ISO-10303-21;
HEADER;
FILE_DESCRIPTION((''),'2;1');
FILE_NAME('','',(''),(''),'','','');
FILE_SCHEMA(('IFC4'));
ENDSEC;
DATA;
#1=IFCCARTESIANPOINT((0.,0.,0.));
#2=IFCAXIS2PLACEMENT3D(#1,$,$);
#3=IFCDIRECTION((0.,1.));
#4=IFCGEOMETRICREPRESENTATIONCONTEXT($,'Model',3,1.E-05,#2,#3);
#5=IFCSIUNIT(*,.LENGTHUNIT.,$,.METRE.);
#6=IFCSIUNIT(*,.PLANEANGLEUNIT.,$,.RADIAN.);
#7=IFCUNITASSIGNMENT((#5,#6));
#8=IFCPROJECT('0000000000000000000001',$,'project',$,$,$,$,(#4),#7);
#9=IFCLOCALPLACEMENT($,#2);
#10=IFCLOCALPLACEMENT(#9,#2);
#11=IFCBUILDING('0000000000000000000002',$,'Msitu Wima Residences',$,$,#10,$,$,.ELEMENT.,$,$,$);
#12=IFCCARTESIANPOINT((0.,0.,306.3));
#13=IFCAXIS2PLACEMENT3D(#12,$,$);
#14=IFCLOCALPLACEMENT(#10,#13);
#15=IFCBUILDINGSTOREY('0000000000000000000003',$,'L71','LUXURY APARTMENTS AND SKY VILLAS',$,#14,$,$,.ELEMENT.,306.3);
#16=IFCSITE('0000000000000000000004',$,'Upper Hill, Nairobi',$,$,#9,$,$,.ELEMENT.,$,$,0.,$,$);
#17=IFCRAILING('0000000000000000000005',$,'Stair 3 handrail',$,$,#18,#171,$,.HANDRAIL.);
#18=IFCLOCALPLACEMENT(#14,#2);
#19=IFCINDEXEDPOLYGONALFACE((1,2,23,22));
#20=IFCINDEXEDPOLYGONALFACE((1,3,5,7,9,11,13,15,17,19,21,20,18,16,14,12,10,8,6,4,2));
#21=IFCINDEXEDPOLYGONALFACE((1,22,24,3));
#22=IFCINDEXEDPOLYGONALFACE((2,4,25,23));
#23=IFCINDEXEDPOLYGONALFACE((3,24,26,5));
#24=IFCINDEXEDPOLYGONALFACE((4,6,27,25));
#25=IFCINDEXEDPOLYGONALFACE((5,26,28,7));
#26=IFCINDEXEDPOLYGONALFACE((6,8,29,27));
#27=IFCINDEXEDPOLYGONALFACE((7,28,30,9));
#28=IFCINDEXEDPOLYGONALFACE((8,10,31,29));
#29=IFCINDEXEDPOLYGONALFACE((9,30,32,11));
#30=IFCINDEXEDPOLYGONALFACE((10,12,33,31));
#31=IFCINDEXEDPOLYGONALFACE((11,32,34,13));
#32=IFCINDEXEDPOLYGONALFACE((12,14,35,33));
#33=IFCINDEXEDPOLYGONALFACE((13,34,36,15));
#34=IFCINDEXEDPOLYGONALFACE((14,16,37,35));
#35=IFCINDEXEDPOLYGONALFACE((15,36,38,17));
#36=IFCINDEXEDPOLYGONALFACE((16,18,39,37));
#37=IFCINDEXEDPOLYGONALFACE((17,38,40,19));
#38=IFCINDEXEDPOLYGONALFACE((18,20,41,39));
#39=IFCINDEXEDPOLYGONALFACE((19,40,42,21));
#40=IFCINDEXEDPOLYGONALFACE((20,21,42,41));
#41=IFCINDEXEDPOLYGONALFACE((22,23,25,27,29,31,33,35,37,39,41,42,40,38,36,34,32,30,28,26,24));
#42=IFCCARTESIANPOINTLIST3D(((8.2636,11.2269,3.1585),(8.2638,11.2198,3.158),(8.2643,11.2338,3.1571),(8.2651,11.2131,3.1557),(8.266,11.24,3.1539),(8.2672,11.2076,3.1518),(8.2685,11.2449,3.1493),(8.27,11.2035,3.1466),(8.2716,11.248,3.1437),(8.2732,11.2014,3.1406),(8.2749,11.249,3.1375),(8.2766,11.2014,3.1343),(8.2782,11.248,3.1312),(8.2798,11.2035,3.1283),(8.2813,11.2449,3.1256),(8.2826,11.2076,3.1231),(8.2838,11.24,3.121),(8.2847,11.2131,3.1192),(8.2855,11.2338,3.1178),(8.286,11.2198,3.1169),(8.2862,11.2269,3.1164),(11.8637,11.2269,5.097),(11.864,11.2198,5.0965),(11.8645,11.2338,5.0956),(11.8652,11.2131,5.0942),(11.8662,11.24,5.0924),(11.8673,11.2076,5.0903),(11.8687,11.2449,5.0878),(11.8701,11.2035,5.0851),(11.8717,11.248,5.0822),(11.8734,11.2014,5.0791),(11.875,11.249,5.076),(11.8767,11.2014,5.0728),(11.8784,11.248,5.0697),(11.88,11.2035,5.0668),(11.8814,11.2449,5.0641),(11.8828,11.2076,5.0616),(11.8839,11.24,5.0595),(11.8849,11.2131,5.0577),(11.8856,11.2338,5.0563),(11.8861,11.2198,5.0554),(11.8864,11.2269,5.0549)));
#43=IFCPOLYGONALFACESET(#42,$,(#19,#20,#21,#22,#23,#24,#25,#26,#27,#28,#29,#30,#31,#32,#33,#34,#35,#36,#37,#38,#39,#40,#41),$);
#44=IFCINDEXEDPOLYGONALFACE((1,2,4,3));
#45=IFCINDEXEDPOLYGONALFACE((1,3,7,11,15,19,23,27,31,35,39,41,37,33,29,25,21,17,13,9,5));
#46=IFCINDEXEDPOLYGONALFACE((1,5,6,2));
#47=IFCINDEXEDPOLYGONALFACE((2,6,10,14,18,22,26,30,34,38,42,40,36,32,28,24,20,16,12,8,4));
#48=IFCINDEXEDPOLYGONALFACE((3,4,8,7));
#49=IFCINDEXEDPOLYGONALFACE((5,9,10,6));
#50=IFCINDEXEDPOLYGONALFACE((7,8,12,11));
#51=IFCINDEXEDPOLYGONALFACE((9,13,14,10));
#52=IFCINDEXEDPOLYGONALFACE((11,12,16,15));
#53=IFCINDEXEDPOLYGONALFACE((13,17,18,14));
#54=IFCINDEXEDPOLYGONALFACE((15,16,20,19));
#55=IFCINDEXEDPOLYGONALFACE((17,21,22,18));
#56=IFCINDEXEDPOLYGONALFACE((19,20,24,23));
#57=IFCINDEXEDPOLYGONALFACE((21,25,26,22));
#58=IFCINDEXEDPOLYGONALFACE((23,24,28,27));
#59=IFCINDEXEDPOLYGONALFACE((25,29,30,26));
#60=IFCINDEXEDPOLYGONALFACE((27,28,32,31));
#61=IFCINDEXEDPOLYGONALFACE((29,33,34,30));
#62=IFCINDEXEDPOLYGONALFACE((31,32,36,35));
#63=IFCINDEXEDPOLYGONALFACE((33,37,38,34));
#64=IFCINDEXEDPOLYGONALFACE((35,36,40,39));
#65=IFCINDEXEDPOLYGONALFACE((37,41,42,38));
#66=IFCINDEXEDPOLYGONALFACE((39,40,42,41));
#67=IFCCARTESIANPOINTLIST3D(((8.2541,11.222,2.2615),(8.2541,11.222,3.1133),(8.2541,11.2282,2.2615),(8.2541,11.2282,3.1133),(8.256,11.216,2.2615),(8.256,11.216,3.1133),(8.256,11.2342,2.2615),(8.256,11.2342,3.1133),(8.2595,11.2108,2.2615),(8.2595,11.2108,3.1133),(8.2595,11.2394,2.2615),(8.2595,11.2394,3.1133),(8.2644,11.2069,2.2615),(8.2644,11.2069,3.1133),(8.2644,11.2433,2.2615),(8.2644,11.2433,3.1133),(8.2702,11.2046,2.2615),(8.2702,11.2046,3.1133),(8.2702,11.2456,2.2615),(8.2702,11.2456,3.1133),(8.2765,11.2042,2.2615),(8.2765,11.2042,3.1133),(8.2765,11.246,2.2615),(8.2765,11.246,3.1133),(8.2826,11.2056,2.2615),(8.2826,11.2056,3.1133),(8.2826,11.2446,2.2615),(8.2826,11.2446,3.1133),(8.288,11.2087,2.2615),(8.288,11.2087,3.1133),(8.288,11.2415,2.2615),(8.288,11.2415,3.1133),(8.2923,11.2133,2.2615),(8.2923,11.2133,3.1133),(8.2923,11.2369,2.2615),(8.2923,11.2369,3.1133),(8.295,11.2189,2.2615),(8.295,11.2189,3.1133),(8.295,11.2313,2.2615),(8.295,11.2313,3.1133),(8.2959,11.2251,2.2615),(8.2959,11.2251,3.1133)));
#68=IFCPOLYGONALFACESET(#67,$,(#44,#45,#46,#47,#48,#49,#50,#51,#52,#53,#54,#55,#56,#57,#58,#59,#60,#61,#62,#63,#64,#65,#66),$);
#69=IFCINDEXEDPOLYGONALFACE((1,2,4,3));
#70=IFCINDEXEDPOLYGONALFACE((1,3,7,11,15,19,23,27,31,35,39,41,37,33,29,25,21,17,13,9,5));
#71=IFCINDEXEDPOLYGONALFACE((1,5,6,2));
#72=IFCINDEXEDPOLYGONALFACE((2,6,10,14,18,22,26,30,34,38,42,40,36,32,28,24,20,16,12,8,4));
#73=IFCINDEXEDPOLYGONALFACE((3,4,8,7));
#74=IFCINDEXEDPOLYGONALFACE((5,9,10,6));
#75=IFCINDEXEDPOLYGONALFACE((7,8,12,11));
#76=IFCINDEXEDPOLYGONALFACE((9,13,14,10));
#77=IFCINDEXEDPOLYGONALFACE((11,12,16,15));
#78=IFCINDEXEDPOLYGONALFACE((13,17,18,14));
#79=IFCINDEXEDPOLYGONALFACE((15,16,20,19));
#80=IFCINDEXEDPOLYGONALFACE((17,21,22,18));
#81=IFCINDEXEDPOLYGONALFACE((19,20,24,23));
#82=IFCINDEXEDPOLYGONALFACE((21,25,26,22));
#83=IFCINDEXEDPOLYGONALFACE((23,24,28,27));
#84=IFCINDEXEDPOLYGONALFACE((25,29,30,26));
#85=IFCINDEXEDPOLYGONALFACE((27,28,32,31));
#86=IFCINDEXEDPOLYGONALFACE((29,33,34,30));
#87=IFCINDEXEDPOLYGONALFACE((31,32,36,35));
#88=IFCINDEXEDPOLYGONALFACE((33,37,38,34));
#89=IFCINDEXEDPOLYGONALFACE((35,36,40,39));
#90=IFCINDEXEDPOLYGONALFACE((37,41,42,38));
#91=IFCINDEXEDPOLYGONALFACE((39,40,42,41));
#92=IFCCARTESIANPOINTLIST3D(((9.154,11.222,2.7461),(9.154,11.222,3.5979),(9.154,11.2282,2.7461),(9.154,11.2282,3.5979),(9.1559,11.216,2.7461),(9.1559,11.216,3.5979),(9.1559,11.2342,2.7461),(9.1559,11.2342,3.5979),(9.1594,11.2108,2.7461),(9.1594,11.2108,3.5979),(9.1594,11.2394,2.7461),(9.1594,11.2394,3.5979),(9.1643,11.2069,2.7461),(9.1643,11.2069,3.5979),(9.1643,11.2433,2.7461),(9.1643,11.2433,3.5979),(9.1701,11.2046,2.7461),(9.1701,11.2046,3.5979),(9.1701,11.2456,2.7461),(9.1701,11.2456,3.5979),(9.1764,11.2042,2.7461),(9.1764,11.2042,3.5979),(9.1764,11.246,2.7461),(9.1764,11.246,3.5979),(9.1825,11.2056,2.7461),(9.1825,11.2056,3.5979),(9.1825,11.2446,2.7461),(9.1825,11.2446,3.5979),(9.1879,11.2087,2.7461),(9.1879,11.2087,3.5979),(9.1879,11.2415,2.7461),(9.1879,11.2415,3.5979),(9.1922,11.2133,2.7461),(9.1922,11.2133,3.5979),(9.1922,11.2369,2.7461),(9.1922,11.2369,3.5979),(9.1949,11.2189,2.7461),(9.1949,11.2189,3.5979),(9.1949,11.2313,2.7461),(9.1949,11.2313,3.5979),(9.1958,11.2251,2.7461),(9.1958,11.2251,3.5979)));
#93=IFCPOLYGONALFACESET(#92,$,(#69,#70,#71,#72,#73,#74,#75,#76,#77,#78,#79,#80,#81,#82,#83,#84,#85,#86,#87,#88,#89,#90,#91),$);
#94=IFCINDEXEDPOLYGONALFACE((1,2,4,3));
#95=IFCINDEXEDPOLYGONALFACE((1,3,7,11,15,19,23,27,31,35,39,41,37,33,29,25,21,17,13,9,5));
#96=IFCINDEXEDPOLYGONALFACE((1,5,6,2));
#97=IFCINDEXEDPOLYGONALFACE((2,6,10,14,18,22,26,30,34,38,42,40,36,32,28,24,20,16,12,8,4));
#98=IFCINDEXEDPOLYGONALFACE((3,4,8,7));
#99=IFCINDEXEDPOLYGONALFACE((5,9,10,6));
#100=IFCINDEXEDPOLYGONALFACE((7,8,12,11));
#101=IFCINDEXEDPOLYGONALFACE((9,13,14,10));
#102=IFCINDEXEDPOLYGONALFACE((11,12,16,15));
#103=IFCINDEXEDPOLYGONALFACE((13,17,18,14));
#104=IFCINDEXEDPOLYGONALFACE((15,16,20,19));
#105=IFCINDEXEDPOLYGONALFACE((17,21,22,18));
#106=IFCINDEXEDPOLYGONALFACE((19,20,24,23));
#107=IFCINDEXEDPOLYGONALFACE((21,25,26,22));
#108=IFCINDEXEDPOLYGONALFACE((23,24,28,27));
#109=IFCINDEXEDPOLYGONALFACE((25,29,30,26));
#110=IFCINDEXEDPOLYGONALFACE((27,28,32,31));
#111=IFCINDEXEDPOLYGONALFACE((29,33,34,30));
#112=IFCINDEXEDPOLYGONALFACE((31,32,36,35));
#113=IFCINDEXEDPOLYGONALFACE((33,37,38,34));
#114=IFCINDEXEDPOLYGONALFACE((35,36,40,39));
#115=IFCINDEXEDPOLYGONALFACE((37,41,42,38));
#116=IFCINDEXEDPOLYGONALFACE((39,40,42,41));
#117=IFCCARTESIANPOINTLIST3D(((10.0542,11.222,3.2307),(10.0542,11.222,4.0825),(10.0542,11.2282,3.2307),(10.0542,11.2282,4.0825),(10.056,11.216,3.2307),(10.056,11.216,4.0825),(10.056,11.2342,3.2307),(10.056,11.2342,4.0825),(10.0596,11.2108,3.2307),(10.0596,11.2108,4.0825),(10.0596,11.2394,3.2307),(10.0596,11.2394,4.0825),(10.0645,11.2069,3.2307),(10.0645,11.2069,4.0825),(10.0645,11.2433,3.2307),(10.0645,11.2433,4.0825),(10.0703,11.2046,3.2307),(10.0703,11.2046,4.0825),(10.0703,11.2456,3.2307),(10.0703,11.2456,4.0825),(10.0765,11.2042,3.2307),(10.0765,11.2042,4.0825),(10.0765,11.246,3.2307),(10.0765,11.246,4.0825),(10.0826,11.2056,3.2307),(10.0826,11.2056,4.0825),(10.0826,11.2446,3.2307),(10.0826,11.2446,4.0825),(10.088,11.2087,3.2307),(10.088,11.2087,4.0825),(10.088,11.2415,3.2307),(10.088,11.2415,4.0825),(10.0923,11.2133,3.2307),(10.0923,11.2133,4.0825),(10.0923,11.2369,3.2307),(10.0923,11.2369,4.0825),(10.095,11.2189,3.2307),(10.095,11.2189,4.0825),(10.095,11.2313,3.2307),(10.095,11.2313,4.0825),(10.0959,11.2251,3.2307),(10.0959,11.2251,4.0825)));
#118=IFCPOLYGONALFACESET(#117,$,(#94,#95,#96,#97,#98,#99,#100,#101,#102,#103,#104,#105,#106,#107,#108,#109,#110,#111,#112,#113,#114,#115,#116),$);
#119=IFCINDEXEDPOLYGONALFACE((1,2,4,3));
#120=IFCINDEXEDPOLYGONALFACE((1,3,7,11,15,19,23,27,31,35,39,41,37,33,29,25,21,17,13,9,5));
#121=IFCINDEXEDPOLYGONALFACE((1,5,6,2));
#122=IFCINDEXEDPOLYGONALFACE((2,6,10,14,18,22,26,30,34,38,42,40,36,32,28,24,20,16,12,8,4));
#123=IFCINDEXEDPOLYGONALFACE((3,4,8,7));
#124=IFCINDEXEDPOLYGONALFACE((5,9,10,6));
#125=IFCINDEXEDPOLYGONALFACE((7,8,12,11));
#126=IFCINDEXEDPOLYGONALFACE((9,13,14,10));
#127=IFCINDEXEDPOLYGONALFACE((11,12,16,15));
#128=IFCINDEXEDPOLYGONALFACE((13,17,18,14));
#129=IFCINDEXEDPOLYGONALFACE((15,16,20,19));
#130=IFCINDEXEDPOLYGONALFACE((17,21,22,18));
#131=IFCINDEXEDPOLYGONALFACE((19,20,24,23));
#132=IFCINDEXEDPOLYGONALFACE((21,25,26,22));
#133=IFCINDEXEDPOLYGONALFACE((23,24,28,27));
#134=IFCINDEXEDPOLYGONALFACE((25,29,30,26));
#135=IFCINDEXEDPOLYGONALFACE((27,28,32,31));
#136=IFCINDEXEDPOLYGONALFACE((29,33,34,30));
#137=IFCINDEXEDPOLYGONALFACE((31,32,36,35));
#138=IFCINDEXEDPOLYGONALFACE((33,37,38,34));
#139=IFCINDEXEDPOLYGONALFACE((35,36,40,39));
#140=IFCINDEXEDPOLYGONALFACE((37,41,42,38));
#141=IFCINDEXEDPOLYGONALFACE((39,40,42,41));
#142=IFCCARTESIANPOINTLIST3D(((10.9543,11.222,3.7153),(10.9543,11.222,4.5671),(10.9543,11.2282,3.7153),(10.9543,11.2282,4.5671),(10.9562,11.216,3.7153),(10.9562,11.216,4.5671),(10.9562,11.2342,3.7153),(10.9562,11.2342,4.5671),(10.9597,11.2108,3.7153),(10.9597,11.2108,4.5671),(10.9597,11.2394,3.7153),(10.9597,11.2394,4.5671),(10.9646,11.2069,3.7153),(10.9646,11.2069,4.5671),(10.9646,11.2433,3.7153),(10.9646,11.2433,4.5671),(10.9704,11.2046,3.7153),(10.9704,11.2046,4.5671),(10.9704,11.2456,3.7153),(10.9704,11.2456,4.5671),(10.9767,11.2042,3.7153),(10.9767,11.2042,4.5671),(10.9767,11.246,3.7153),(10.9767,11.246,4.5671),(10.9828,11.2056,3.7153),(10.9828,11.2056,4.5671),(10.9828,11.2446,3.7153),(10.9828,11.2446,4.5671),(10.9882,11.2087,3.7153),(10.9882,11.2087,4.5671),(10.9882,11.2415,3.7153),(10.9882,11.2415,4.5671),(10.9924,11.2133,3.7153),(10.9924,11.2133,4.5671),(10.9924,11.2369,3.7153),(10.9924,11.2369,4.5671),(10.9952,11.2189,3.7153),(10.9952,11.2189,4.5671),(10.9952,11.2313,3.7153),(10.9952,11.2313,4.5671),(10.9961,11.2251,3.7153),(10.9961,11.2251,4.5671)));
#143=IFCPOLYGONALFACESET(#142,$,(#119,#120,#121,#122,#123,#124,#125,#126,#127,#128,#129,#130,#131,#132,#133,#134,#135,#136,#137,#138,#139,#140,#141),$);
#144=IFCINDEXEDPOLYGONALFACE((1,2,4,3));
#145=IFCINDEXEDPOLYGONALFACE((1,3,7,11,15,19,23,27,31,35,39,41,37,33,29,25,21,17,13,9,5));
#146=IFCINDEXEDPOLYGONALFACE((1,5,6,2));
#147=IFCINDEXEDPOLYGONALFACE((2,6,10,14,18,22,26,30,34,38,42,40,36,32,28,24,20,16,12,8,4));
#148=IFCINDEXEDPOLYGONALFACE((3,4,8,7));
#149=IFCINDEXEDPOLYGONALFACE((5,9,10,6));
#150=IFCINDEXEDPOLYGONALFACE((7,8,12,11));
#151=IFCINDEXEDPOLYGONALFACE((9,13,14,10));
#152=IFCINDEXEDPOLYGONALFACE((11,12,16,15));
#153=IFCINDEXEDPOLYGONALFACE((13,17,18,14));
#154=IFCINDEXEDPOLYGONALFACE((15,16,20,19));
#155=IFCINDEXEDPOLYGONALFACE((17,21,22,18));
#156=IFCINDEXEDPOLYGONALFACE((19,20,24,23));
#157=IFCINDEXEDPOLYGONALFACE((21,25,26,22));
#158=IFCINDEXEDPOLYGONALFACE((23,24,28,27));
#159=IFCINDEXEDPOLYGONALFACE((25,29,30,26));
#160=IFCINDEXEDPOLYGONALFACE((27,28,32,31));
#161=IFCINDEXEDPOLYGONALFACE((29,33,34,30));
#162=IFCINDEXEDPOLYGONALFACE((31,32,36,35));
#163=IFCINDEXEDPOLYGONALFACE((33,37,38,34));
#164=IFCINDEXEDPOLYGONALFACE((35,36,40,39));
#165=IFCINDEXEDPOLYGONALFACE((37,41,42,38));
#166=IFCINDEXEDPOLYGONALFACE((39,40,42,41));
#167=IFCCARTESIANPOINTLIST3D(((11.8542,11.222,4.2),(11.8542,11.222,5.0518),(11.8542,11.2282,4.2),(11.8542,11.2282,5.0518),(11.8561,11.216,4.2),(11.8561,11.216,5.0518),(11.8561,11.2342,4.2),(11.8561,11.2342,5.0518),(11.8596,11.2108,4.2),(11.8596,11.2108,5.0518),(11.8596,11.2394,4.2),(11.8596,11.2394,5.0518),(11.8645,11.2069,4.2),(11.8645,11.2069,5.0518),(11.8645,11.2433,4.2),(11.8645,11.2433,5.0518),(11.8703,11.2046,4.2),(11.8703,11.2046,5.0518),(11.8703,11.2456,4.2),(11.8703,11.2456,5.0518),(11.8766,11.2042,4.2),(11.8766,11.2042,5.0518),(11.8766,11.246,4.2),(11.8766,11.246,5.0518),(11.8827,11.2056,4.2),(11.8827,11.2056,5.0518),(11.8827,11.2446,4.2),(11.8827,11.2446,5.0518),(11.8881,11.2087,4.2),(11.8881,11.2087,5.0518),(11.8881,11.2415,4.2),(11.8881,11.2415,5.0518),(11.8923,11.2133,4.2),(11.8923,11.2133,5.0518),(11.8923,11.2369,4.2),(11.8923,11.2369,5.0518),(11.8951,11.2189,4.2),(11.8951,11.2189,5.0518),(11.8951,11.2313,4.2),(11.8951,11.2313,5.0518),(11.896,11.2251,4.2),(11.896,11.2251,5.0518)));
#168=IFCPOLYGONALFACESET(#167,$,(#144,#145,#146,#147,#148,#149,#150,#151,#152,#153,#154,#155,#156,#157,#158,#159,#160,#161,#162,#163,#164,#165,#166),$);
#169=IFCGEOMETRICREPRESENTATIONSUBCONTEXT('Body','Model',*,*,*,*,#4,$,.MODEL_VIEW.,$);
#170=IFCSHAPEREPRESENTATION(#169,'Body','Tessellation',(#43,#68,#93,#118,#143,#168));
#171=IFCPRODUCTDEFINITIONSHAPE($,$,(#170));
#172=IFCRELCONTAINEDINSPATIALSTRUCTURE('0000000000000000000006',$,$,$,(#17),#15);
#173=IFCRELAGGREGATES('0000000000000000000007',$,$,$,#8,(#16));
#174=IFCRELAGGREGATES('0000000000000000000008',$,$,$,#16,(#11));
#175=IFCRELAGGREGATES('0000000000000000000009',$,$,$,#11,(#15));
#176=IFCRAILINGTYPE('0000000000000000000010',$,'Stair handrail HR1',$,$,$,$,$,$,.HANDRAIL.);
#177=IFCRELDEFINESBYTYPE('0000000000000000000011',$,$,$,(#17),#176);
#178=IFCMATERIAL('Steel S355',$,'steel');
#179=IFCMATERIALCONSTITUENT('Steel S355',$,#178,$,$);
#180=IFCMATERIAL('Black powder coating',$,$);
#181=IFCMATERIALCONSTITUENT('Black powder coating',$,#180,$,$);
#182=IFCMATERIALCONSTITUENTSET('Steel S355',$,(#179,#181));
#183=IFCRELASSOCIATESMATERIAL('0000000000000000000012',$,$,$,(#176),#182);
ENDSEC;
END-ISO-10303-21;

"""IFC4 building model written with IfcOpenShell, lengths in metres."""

from ifc_helpers import new_model, si_unit, direction, frame, origin, origin_2d, place, context, subcontext, project, spatial, circle, extrude, material, constituent, constituent_set, type_object, element, save


model = new_model("IFC4")

# Units and contexts
model_context = context("Model", 3, precision=1e-05, world=origin(), true_north=direction((0.0, 1.0)))
body_context = subcontext(model_context, "Body", "Model", "MODEL_VIEW")
ifc_project = project(units=[si_unit("LENGTHUNIT", "METRE"), si_unit("PLANEANGLEUNIT", "RADIAN")], contexts=[model_context])

# Site, building, storey
site_placement = place(None, origin())
site = spatial("IfcSite", under=ifc_project, at=site_placement, Name="Upper Hill, Nairobi", CompositionType="ELEMENT", RefElevation=0.0)
building_placement = place(site_placement, origin())
building = spatial("IfcBuilding", under=site, at=building_placement, Name="Msitu Wima Residences", CompositionType="ELEMENT")
storey_placement = place(building_placement, frame((0.0, 0.0, 306.3)))
storey = spatial("IfcBuildingStorey", under=building, at=storey_placement, Name="L71", Description="LUXURY APARTMENTS AND SKY VILLAS", CompositionType="ELEMENT", Elevation=306.3)

# Railing
ifc_material_1 = material(Name="Steel S355", Category="steel")
ifc_constituent_1 = constituent(ifc_material_1, Name="Steel S355")
ifc_material_2 = material(Name="Black powder coating")
ifc_constituent_2 = constituent(ifc_material_2, Name="Black powder coating")
ifc_constituent_set = constituent_set(constituents=[ifc_constituent_1, ifc_constituent_2], Name="Steel S355")
railing_type = type_object("IfcRailingType", Name="Stair handrail HR1", PredefinedType="HANDRAIL", material=ifc_constituent_set)
for number, where, name in (
    (1, (8.2749, 11.2251, 2.2615), "Stair 3 handrail"),
):
    element("IfcRailing", number, at=place(storey_placement, frame(where)), inside=storey, type_object=railing_type, Name=name, PredefinedType="HANDRAIL", context=body_context, shape_type="SweptSolid", body=[
        extrude(circle(Radius=0.0239, at=origin_2d()), frame((0.0, 0.0, 0.876), z_axis=(0.880475, 0.0, 0.474093), x_axis=(0.0, 1.0, 0.0)), (0.0, 0.0, 1.0), 4.0889),
        extrude(circle(Radius=0.021, at=origin_2d()), origin(), (0.0, 0.0, 1.0), 0.8518),
        extrude(circle(Radius=0.021, at=origin_2d()), frame((0.8999, 0.0, 0.4846)), (0.0, 0.0, 1.0), 0.8518),
        extrude(circle(Radius=0.021, at=origin_2d()), frame((1.8, 0.0, 0.9692)), (0.0, 0.0, 1.0), 0.8518),
        extrude(circle(Radius=0.021, at=origin_2d()), frame((2.7002, 0.0, 1.4539)), (0.0, 0.0, 1.0), 0.8518),
        extrude(circle(Radius=0.021, at=origin_2d()), frame((3.6001, 0.0, 1.9385)), (0.0, 0.0, 1.0), 0.8518),
    ])

save(model, "model.ifc")
